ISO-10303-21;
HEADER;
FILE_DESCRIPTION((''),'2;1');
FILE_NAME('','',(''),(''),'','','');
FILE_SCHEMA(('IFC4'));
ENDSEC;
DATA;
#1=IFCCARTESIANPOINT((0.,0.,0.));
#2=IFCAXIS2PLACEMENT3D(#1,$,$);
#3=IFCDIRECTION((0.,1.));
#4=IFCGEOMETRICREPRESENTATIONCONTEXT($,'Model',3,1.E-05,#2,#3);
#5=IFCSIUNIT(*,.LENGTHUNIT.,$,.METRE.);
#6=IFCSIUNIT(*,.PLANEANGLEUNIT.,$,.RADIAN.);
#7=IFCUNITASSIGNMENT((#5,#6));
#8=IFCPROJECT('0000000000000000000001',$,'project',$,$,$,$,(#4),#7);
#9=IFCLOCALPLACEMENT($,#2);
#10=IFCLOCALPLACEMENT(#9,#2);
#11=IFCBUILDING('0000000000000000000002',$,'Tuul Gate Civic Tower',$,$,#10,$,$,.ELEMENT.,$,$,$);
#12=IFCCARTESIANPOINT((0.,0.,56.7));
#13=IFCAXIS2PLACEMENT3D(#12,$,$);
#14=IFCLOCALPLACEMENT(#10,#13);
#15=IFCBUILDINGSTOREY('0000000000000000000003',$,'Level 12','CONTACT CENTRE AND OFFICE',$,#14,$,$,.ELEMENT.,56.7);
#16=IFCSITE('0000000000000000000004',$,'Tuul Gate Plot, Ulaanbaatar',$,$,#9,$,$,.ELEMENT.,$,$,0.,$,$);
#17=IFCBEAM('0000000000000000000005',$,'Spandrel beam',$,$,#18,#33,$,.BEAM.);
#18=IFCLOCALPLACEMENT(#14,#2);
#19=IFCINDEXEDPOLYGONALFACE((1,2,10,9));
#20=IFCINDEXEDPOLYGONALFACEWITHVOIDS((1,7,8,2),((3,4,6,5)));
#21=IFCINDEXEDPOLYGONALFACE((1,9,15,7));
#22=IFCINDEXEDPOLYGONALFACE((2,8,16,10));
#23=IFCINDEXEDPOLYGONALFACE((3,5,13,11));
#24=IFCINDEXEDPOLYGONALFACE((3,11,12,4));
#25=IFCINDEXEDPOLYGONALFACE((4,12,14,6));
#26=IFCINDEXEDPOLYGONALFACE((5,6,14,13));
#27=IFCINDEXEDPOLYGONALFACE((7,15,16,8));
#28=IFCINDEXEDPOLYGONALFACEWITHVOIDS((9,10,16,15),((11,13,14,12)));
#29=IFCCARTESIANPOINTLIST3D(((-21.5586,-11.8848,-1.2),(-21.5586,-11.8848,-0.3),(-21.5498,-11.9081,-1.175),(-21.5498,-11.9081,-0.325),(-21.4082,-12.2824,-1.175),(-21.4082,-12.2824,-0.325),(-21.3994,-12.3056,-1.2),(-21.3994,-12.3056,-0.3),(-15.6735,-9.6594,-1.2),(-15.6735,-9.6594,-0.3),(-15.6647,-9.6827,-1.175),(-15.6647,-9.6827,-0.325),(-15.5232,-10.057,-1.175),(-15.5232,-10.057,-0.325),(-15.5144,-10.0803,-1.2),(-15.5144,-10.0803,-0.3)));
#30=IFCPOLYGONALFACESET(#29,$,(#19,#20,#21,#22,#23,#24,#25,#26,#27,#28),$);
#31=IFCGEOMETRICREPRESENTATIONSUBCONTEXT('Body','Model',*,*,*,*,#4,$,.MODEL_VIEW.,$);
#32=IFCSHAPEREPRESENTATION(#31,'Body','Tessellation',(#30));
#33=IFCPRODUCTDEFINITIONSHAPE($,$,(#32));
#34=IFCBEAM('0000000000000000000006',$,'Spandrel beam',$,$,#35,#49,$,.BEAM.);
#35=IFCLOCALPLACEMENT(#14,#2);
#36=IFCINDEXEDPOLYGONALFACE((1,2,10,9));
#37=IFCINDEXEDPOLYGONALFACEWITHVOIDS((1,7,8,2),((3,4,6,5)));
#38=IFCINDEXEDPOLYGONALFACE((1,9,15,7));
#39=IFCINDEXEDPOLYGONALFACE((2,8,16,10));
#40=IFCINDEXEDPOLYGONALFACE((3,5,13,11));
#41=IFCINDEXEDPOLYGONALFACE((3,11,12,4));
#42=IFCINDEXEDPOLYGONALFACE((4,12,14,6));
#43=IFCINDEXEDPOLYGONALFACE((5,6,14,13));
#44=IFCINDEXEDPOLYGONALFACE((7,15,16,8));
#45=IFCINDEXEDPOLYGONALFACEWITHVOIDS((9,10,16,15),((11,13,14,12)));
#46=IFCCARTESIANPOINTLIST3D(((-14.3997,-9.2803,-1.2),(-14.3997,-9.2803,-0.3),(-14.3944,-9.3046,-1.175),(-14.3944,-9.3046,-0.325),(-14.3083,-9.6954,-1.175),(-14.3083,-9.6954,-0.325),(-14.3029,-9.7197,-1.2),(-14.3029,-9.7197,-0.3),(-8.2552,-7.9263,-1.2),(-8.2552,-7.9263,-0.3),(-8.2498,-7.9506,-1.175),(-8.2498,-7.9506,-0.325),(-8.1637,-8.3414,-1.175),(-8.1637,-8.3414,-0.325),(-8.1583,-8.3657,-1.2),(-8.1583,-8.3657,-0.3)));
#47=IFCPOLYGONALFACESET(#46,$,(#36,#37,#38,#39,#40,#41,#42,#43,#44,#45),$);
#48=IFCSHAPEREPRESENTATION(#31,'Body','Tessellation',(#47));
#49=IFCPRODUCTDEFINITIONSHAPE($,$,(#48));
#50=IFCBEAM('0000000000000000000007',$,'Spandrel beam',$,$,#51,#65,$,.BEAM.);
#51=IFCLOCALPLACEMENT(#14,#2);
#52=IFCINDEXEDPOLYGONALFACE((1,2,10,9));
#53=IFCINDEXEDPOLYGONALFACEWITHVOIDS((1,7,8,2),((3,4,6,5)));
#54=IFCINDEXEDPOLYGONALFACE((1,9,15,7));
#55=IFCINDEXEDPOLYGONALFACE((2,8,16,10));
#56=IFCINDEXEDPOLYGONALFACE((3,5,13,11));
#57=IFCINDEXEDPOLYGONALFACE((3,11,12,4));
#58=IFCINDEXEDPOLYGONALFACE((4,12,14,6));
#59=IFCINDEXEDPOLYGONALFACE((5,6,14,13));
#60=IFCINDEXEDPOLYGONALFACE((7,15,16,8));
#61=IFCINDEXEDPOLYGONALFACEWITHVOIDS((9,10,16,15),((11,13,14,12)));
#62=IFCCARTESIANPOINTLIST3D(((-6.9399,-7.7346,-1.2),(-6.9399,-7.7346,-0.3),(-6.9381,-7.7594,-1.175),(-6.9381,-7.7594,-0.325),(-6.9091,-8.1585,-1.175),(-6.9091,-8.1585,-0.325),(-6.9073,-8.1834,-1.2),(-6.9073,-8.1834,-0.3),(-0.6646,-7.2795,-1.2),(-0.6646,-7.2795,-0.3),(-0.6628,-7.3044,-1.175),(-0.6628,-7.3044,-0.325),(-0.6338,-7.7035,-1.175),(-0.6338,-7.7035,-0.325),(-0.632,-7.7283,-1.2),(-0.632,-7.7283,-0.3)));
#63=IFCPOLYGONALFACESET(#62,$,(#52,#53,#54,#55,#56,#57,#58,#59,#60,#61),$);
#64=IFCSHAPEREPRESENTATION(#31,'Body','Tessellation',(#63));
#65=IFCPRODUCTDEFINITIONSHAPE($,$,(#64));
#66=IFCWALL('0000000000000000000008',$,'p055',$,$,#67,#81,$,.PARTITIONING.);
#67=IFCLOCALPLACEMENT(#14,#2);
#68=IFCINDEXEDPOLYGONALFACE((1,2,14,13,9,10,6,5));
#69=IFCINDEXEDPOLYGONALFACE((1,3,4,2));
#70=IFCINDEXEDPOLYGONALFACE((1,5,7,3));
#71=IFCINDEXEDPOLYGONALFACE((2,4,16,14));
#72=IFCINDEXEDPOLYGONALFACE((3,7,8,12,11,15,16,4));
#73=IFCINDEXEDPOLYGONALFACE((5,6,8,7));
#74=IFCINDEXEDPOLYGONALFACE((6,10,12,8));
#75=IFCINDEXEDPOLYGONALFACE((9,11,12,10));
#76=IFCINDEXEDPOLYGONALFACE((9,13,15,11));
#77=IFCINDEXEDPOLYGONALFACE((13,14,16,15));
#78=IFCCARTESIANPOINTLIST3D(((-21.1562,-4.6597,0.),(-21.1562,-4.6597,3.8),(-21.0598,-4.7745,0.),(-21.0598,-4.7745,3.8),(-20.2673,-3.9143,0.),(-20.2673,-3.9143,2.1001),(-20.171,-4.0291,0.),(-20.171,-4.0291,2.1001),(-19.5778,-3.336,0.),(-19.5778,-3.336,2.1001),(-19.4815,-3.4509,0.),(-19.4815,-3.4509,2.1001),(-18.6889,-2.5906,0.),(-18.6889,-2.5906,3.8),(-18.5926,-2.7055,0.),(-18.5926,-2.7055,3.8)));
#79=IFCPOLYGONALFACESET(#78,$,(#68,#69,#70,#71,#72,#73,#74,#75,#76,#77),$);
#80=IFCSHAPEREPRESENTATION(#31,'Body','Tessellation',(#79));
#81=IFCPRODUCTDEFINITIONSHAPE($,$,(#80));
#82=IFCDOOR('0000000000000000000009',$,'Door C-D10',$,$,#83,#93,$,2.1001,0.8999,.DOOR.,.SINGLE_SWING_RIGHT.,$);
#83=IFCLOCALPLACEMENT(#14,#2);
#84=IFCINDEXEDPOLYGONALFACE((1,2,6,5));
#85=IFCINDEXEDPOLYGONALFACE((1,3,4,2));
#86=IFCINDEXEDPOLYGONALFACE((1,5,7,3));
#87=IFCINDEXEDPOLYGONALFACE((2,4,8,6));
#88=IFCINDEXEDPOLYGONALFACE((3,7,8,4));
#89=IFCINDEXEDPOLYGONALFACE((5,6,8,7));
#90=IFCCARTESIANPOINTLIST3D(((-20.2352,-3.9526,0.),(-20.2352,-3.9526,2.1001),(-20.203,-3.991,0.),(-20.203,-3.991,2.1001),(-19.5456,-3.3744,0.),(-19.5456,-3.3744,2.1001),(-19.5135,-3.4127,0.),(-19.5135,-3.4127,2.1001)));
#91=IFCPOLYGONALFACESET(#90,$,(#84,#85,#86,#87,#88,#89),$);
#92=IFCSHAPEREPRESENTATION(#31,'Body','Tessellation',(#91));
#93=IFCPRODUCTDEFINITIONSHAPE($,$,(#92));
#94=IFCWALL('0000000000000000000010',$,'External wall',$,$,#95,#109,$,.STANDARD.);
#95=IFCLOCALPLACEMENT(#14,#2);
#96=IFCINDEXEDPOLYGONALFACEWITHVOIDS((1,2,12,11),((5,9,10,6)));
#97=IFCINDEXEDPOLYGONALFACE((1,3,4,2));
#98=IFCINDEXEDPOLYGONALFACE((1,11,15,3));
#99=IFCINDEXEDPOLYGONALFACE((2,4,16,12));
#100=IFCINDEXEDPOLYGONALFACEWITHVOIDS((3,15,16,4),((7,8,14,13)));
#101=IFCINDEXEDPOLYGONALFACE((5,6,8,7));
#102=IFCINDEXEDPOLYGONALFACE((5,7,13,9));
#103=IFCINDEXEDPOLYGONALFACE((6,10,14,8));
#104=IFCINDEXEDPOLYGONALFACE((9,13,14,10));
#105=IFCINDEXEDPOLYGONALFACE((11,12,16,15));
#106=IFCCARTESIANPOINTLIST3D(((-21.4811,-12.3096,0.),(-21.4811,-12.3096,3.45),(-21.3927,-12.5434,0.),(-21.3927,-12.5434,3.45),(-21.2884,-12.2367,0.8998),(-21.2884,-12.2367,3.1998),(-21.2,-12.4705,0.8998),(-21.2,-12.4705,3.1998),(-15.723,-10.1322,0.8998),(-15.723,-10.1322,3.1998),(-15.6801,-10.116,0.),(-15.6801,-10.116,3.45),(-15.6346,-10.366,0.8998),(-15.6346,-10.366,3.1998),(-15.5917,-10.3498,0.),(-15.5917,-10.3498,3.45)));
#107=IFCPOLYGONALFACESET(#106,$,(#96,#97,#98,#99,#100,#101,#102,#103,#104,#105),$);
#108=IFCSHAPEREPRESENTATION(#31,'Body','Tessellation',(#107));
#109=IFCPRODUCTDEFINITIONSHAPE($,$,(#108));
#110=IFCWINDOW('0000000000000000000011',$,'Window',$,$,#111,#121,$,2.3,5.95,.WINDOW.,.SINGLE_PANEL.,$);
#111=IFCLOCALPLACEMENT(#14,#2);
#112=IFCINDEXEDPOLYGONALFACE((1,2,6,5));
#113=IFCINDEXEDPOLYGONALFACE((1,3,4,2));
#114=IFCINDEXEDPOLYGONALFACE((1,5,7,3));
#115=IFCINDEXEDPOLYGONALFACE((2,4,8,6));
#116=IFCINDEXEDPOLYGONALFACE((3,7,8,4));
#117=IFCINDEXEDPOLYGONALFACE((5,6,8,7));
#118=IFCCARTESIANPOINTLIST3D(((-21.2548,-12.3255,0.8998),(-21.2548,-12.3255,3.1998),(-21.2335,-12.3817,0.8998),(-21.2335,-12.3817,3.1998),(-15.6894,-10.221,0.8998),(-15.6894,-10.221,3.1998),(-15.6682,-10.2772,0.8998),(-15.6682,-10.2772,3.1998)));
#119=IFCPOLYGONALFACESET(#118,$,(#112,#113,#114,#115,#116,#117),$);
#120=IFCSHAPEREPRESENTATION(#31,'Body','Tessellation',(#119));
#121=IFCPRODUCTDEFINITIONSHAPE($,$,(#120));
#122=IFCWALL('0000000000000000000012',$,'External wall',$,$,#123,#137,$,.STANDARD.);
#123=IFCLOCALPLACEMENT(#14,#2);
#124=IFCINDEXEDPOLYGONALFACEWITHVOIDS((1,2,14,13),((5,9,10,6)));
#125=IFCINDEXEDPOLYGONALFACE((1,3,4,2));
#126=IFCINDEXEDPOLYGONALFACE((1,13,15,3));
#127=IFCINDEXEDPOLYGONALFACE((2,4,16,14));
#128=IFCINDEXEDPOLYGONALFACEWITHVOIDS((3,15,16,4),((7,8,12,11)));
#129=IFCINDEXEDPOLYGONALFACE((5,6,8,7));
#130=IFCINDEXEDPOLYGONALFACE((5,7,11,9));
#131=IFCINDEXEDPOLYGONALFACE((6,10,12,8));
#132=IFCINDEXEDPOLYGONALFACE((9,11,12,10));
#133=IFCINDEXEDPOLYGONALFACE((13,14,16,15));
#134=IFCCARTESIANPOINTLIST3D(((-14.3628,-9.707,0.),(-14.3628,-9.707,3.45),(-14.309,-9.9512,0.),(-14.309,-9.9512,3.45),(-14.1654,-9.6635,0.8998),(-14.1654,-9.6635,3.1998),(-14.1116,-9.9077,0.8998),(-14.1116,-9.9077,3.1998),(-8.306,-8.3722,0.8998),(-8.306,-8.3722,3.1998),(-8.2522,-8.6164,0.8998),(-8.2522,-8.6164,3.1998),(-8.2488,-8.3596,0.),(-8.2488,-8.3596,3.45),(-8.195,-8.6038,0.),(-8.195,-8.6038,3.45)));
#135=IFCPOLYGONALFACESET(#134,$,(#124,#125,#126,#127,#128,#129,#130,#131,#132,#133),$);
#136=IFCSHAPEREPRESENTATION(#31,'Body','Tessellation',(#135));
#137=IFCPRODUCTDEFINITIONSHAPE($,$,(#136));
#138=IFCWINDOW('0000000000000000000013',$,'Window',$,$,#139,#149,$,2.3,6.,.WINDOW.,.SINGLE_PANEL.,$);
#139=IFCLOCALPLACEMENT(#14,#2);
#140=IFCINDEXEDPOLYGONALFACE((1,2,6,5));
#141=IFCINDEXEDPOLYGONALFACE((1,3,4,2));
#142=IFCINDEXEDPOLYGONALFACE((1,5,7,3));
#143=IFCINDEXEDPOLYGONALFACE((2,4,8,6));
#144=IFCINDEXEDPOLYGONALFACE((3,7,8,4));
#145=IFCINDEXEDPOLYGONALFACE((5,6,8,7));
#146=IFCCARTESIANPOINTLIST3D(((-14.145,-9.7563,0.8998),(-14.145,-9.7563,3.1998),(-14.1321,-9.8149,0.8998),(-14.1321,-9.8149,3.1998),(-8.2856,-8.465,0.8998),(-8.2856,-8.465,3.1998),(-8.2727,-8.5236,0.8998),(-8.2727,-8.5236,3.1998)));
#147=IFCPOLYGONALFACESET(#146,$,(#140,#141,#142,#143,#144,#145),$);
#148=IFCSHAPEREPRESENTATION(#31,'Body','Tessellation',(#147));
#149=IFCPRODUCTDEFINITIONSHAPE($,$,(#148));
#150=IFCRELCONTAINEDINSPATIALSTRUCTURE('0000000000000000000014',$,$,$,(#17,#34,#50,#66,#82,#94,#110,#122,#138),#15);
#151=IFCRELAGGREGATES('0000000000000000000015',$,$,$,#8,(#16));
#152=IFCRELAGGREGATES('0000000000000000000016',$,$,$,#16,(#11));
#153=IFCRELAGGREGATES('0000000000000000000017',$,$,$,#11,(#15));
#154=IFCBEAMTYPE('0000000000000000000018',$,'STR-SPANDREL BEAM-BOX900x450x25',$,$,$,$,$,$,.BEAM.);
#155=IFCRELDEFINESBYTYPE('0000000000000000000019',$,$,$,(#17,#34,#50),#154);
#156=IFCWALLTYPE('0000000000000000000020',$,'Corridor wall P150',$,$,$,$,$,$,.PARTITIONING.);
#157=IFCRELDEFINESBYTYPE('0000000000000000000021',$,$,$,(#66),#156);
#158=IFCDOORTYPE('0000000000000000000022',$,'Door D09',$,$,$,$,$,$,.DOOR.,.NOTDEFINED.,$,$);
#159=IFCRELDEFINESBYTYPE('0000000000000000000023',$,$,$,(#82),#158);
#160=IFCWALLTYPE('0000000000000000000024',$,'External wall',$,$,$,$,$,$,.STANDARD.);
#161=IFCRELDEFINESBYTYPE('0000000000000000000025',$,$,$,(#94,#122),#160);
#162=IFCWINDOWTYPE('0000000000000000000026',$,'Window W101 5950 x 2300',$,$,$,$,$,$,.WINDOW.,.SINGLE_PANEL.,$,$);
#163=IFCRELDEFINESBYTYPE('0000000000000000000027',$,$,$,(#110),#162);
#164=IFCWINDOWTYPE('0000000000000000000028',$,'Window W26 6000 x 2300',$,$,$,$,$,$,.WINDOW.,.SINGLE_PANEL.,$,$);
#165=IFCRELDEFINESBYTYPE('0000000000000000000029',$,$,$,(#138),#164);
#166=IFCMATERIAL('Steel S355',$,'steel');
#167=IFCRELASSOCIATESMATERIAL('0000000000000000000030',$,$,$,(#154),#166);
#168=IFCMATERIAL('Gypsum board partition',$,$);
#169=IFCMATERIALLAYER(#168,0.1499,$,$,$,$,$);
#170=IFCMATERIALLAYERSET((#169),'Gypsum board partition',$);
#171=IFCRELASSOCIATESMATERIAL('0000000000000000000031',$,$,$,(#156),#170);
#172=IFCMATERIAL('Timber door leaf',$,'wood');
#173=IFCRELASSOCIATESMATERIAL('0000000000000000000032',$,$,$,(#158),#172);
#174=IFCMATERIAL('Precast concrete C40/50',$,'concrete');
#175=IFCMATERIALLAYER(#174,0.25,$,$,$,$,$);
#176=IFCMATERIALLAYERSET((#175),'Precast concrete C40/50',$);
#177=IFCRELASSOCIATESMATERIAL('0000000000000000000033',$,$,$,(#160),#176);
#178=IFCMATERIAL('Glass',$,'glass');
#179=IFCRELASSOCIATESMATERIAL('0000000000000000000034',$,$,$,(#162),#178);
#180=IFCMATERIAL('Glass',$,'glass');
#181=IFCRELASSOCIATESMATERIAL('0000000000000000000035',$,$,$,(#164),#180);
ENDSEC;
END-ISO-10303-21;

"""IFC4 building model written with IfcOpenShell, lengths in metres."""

from ifc_helpers import new_model, si_unit, direction, frame, frame_2d, origin, origin_2d, place, context, subcontext, project, spatial, rectangle, hollow_rectangle, extrude, material, layer, layer_set, material_profile, profile_set, type_object, element, fill, save


model = new_model("IFC4")

# Units and contexts
model_context = context("Model", 3, precision=1e-05, world=origin(), true_north=direction((0.0, 1.0)))
body_context = subcontext(model_context, "Body", "Model", "MODEL_VIEW")
ifc_project = project(units=[si_unit("LENGTHUNIT", "METRE"), si_unit("PLANEANGLEUNIT", "RADIAN")], contexts=[model_context])

# Site, building, storey
site_placement = place(None, origin())
site = spatial("IfcSite", under=ifc_project, at=site_placement, Name="Tuul Gate Plot, Ulaanbaatar", CompositionType="ELEMENT", RefElevation=0.0)
building_placement = place(site_placement, origin())
building = spatial("IfcBuilding", under=site, at=building_placement, Name="Tuul Gate Civic Tower", CompositionType="ELEMENT")
storey_placement = place(building_placement, frame((0.0, 0.0, 56.7)))
storey = spatial("IfcBuildingStorey", under=building, at=storey_placement, Name="Level 12", Description="CONTACT CENTRE AND OFFICE", CompositionType="ELEMENT", Elevation=56.7)

# Beams
ifc_material_1 = material(Name="Steel S355", Category="steel")
ifc_material_profile_1 = material_profile(ifc_material_1, hollow_rectangle(XDim=0.45, YDim=0.8999, WallThickness=0.0249, at=origin_2d()), Name="BOX900x450x25")
ifc_profile_set_1 = profile_set([ifc_material_profile_1], Name="Steel S355")
beam_type_1 = type_object("IfcBeamType", Name="STR-SPANDREL BEAM-BOX900x450x25", PredefinedType="BEAM", material=ifc_profile_set_1)
beam_1_placement = place(storey_placement, frame((-21.479, -12.0952, -0.75), z_axis=(0.935361, 0.353695, 0.0), x_axis=(-0.353695, 0.935361, 0.0)))
element("IfcBeam", 1, at=beam_1_placement, inside=storey, type_object=beam_type_1, Name="Spandrel beam", PredefinedType="BEAM", context=body_context, shape_type="SweptSolid", body=[
    extrude(hollow_rectangle(XDim=0.45, YDim=0.8999, WallThickness=0.0249, at=origin_2d()), origin(), (0.0, 0.0, 1.0), 6.2917),
])
beam_2_placement = place(storey_placement, frame((-14.3513, -9.5, -0.75), z_axis=(0.976571, 0.215196, 0.0), x_axis=(-0.215196, 0.976571, 0.0)))
element("IfcBeam", 2, at=beam_2_placement, inside=storey, type_object=beam_type_1, Name="Spandrel beam", PredefinedType="BEAM", context=body_context, shape_type="SweptSolid", body=[
    extrude(hollow_rectangle(XDim=0.45, YDim=0.8999, WallThickness=0.0249, at=origin_2d()), origin(), (0.0, 0.0, 1.0), 6.292),
])
beam_3_placement = place(storey_placement, frame((-6.9236, -7.959, -0.75), z_axis=(0.997381, 0.072328, 0.0), x_axis=(-0.072328, 0.997381, 0.0)))
element("IfcBeam", 3, at=beam_3_placement, inside=storey, type_object=beam_type_1, Name="Spandrel beam", PredefinedType="BEAM", context=body_context, shape_type="SweptSolid", body=[
    extrude(hollow_rectangle(XDim=0.45, YDim=0.8999, WallThickness=0.0249, at=origin_2d()), origin(), (0.0, 0.0, 1.0), 6.2917),
])

# Wall, opening, door
ifc_material_2 = material(Name="Gypsum board partition")
ifc_layer_1 = layer(ifc_material_2, 0.1499)
ifc_layer_set_1 = layer_set([ifc_layer_1], Name="Gypsum board partition")
wall_type_1 = type_object("IfcWallType", Name="Corridor wall P150", PredefinedType="PARTITIONING", material=ifc_layer_set_1)
wall_1_placement = place(storey_placement, frame((-21.1079, -4.717, 0.0), z_axis=(0.0, 0.0, 1.0), x_axis=(0.766229, 0.642568, 0.0)))
wall_1 = element("IfcWall", 4, at=wall_1_placement, inside=storey, type_object=wall_type_1, Name="p055", PredefinedType="PARTITIONING", context=body_context, shape_type="SweptSolid", body=[
    extrude(rectangle(XDim=3.22, YDim=0.1499, at=frame_2d((1.6099, 0.0))), origin(), (0.0, 0.0, 1.0), 3.8),
])
opening_1_placement = place(wall_1_placement, frame((1.1599, 0.0, 0.0)))
opening_1 = element("IfcOpeningElement", 5, at=opening_1_placement, cuts=wall_1, PredefinedType="OPENING", context=body_context, shape_type="SweptSolid", body=[
    extrude(rectangle(XDim=0.8999, YDim=2.1001, at=frame_2d((0.45, 1.05))), frame((0.0, 0.085, 0.0), z_axis=(0.0, -1.0, 0.0), x_axis=(1.0, 0.0, 0.0)), (0.0, 0.0, 1.0), 0.1699),
])
ifc_material_3 = material(Name="Timber door leaf", Category="wood")
door_type = type_object("IfcDoorType", Name="Door D09", OperationType="NOTDEFINED", PredefinedType="DOOR", material=ifc_material_3)
door_placement = place(opening_1_placement, origin())
door = element("IfcDoor", 6, at=door_placement, inside=storey, type_object=door_type, Name="Door C-D10", OperationType="SINGLE_SWING_RIGHT", OverallHeight=2.1001, OverallWidth=0.8999, PredefinedType="DOOR", context=body_context, shape_type="SweptSolid", body=[
    extrude(rectangle(XDim=0.8999, YDim=2.1001, at=frame_2d((0.45, 1.05))), frame((0.0, 0.0249, 0.0), z_axis=(0.0, -1.0, 0.0), x_axis=(1.0, 0.0, 0.0)), (0.0, 0.0, 1.0), 0.05),
])
fill(opening_1, door)

# Walls, openings, windows
ifc_material_4 = material(Name="Precast concrete C40/50", Category="concrete")
ifc_layer_2 = layer(ifc_material_4, 0.25)
ifc_layer_set_2 = layer_set([ifc_layer_2], Name="Precast concrete C40/50")
wall_type_2 = type_object("IfcWallType", Name="External wall", PredefinedType="STANDARD", material=ifc_layer_set_2)
wall_2_placement = place(storey_placement, frame((-21.437, -12.4265, 0.0), z_axis=(0.0, 0.0, 1.0), x_axis=(0.93536, 0.353698, 0.0)))
wall_2 = element("IfcWall", 7, at=wall_2_placement, inside=storey, type_object=wall_type_2, Name="External wall", PredefinedType="STANDARD", context=body_context, shape_type="SweptSolid", body=[
    extrude(rectangle(XDim=6.2019, YDim=0.25, at=frame_2d((3.1011, 0.0))), origin(), (0.0, 0.0, 1.0), 3.45),
])
opening_2_placement = place(wall_2_placement, frame((0.2061, 0.0, 0.8999)))
opening_2 = element("IfcOpeningElement", 8, at=opening_2_placement, cuts=wall_2, PredefinedType="OPENING", context=body_context, shape_type="SweptSolid", body=[
    extrude(rectangle(XDim=5.95, YDim=2.3, at=frame_2d((2.9751, 1.1499))), frame((0.0, 0.135, 0.0), z_axis=(0.0, -1.0, 0.0), x_axis=(1.0, 0.0, 0.0)), (0.0, 0.0, 1.0), 0.27),
])
ifc_material_5 = material(Name="Glass", Category="glass")
window_type_1 = type_object("IfcWindowType", Name="Window W101 5950 x 2300", PartitioningType="SINGLE_PANEL", PredefinedType="WINDOW", material=ifc_material_5)
window_1_placement = place(opening_2_placement, origin())
window_1 = element("IfcWindow", 9, at=window_1_placement, inside=storey, type_object=window_type_1, Name="Window", OverallHeight=2.3, OverallWidth=5.95, PartitioningType="SINGLE_PANEL", PredefinedType="WINDOW", context=body_context, shape_type="SweptSolid", body=[
    extrude(rectangle(XDim=5.95, YDim=2.3, at=frame_2d((2.9751, 1.1499))), frame((0.0, 0.03, 0.0), z_axis=(0.0, -1.0, 0.0), x_axis=(1.0, 0.0, 0.0)), (0.0, 0.0, 1.0), 0.0601),
])
fill(opening_2, window_1)
wall_3_placement = place(storey_placement, frame((-14.3359, -9.8291, 0.0), z_axis=(0.0, 0.0, 1.0), x_axis=(0.976566, 0.215217, 0.0)))
wall_3 = element("IfcWall", 10, at=wall_3_placement, inside=storey, type_object=wall_type_2, Name="External wall", PredefinedType="STANDARD", context=body_context, shape_type="SweptSolid", body=[
    extrude(rectangle(XDim=6.2607, YDim=0.25, at=frame_2d((3.1304, 0.0))), origin(), (0.0, 0.0, 1.0), 3.45),
])
opening_3_placement = place(wall_3_placement, frame((0.2021, 0.0, 0.8999)))
opening_3 = element("IfcOpeningElement", 11, at=opening_3_placement, cuts=wall_3, PredefinedType="OPENING", context=body_context, shape_type="SweptSolid", body=[
    extrude(rectangle(XDim=6.0, YDim=2.3, at=frame_2d((3.0, 1.1499))), frame((0.0, 0.135, 0.0), z_axis=(0.0, -1.0, 0.0), x_axis=(1.0, 0.0, 0.0)), (0.0, 0.0, 1.0), 0.27),
])
ifc_material_6 = material(Name="Glass", Category="glass")
window_type_2 = type_object("IfcWindowType", Name="Window W26 6000 x 2300", PartitioningType="SINGLE_PANEL", PredefinedType="WINDOW", material=ifc_material_6)
window_2_placement = place(opening_3_placement, origin())
window_2 = element("IfcWindow", 12, at=window_2_placement, inside=storey, type_object=window_type_2, Name="Window", OverallHeight=2.3, OverallWidth=6.0, PartitioningType="SINGLE_PANEL", PredefinedType="WINDOW", context=body_context, shape_type="SweptSolid", body=[
    extrude(rectangle(XDim=6.0, YDim=2.3, at=frame_2d((3.0, 1.1499))), frame((0.0, 0.03, 0.0), z_axis=(0.0, -1.0, 0.0), x_axis=(1.0, 0.0, 0.0)), (0.0, 0.0, 1.0), 0.0601),
])
fill(opening_3, window_2)

save(model, "model.ifc")
